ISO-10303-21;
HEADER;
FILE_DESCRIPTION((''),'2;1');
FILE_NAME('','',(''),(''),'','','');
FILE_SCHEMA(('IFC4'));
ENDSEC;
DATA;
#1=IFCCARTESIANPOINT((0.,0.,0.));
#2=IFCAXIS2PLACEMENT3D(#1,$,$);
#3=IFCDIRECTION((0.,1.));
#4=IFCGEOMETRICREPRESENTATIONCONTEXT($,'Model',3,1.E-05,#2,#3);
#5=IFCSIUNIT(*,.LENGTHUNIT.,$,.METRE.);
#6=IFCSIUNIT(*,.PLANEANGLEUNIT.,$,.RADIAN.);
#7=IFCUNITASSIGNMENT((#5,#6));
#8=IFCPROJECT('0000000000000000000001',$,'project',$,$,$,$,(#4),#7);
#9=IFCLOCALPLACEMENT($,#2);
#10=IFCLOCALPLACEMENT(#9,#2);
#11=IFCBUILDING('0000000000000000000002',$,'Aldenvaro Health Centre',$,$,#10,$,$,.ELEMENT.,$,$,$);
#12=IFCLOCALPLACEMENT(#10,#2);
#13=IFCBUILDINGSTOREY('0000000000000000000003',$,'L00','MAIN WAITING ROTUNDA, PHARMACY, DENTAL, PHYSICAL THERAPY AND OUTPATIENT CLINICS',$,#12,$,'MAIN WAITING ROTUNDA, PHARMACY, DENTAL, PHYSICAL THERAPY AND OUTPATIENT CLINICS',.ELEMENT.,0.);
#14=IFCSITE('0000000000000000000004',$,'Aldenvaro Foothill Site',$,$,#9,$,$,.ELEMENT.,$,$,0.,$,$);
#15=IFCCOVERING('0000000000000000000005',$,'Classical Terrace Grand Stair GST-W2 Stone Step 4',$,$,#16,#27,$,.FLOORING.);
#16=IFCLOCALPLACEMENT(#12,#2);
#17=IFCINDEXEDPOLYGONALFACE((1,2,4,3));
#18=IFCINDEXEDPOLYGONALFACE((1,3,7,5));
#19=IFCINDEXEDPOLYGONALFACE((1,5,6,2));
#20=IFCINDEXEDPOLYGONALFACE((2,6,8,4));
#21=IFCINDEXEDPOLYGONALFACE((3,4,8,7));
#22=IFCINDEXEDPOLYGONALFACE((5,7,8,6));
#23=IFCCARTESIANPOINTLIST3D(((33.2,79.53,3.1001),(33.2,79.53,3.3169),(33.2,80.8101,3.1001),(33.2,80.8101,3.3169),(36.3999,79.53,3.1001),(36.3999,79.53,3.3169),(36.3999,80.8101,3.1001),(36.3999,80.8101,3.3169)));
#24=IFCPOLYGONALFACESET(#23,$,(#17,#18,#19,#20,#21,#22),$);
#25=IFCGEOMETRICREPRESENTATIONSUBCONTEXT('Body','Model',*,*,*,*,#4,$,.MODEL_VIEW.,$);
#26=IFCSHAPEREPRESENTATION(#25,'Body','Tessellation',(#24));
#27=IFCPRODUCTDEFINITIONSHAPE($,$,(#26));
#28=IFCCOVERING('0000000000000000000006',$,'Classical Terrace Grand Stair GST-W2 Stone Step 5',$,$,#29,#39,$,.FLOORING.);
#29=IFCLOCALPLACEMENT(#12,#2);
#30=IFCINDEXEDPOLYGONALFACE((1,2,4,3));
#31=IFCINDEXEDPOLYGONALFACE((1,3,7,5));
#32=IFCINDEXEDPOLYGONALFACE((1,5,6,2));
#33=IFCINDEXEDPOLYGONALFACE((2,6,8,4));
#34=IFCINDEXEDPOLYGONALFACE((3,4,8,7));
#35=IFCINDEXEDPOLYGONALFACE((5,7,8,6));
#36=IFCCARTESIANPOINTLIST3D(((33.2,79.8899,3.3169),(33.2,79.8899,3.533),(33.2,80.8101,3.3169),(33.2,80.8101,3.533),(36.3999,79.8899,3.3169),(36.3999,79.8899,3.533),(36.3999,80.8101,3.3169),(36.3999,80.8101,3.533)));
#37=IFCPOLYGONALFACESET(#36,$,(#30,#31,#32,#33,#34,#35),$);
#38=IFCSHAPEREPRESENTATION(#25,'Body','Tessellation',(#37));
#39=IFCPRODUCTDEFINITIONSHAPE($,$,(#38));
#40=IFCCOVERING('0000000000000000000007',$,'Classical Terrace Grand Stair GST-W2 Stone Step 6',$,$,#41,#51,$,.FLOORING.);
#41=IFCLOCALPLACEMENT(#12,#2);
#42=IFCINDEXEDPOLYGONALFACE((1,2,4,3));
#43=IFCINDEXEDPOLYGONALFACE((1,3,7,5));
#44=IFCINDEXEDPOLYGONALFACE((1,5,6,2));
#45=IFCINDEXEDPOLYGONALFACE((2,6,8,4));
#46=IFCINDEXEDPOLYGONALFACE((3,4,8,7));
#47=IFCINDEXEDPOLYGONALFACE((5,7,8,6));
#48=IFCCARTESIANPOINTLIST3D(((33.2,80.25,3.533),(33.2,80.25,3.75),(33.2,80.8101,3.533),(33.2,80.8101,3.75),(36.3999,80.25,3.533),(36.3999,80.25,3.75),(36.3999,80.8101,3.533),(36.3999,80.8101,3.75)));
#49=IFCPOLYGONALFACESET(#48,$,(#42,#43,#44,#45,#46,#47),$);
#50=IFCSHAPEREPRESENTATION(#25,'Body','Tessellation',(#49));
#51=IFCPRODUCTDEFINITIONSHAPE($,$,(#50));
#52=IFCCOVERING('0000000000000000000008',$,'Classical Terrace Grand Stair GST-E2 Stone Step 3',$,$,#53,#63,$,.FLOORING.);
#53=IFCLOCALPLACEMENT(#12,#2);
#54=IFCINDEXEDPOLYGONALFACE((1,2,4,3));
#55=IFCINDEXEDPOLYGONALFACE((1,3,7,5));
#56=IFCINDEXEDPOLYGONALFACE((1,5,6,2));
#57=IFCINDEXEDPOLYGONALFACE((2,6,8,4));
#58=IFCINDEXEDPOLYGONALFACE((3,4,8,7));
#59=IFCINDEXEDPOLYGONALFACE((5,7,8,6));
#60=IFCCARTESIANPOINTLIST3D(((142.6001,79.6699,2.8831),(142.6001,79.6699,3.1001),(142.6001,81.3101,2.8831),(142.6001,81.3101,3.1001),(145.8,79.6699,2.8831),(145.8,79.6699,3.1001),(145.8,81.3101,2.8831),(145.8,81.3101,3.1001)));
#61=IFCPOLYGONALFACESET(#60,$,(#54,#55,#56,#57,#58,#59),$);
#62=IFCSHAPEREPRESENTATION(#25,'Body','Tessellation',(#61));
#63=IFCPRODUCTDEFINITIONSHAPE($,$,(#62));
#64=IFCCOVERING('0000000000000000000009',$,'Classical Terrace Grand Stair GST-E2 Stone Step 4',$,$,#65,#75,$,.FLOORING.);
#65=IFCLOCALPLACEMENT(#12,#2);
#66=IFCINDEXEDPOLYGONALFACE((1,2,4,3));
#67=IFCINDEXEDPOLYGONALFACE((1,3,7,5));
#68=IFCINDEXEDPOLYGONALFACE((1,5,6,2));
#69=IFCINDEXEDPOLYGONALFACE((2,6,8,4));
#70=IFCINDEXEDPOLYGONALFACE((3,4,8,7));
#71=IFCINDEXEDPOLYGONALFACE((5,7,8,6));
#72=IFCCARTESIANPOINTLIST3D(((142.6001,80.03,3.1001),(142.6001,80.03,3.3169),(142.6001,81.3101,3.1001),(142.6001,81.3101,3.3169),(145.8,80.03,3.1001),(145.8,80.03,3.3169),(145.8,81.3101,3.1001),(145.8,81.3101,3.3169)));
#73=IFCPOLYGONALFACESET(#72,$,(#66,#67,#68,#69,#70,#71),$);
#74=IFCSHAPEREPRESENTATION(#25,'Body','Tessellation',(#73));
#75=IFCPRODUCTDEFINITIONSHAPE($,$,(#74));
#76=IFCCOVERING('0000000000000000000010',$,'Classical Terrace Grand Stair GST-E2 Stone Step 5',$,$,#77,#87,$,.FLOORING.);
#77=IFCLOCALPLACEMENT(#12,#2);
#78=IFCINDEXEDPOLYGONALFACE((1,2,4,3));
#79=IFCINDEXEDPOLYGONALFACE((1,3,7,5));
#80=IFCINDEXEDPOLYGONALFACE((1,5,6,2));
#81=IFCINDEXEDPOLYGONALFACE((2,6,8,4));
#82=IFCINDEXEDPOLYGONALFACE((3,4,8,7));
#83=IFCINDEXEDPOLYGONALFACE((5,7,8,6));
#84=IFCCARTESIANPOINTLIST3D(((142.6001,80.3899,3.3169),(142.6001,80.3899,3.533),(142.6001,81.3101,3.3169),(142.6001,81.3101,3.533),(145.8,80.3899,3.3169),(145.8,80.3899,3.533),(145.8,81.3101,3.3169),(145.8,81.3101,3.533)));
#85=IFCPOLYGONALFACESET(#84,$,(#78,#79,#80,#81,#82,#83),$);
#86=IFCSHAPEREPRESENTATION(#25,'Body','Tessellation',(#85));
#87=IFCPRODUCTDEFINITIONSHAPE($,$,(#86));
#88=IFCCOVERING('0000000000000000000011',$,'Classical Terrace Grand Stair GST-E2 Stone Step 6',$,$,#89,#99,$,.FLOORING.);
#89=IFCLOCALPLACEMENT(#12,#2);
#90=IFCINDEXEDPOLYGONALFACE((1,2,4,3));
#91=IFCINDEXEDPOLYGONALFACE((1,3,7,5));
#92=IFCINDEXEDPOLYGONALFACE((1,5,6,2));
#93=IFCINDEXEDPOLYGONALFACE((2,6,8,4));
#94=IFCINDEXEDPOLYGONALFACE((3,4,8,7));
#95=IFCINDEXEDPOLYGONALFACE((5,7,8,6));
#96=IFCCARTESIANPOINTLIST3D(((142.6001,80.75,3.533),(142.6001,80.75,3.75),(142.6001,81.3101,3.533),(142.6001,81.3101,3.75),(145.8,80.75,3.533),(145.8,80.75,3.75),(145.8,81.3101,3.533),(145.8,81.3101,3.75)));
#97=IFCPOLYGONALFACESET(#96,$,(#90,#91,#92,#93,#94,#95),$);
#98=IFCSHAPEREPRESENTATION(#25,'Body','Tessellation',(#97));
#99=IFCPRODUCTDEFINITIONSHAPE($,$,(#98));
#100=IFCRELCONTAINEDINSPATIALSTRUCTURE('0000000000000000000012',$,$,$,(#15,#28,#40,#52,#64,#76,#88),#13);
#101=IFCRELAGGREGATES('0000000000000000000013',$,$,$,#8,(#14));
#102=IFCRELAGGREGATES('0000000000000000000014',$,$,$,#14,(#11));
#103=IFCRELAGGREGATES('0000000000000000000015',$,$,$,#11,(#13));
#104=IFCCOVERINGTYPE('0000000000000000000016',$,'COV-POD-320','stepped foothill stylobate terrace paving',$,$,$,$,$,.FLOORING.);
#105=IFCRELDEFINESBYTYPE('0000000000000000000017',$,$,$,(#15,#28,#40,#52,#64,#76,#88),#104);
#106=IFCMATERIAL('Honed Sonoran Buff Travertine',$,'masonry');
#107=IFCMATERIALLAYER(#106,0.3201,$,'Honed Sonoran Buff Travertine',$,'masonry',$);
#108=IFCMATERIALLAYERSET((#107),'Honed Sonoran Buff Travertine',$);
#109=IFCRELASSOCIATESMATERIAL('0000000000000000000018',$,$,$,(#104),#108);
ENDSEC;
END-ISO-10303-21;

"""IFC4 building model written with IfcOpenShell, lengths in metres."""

from ifc_helpers import new_model, si_unit, direction, frame, origin, place, context, subcontext, project, spatial, polyline, outline, extrude, material, layer, layer_set, type_object, element, save


model = new_model("IFC4")

# Units and contexts
model_context = context("Model", 3, precision=1e-05, world=origin(), true_north=direction((0.0, 1.0)))
body_context = subcontext(model_context, "Body", "Model", "MODEL_VIEW")
ifc_project = project(units=[si_unit("LENGTHUNIT", "METRE"), si_unit("PLANEANGLEUNIT", "RADIAN")], contexts=[model_context])

# Site, building, storey
site_placement = place(None, origin())
site = spatial("IfcSite", under=ifc_project, at=site_placement, Name="Aldenvaro Foothill Site", CompositionType="ELEMENT", RefElevation=0.0)
building_placement = place(site_placement, origin())
building = spatial("IfcBuilding", under=site, at=building_placement, Name="Aldenvaro Health Centre", CompositionType="ELEMENT")
storey_placement = place(building_placement, origin())
storey = spatial("IfcBuildingStorey", under=building, at=storey_placement, Name="L00", Description="MAIN WAITING ROTUNDA, PHARMACY, DENTAL, PHYSICAL THERAPY AND OUTPATIENT CLINICS", LongName="MAIN WAITING ROTUNDA, PHARMACY, DENTAL, PHYSICAL THERAPY AND OUTPATIENT CLINICS", CompositionType="ELEMENT", Elevation=0.0)

# Coverings
ifc_material_1 = material(Name="Honed Sonoran Buff Travertine", Category="masonry")
ifc_layer_1 = layer(ifc_material_1, 0.3201, Name="Honed Sonoran Buff Travertine", Category="masonry")
ifc_layer_set_1 = layer_set([ifc_layer_1], Name="Honed Sonoran Buff Travertine")
covering_type_1 = type_object("IfcCoveringType", Name="COV-POD-320", Description="stepped foothill stylobate terrace paving", PredefinedType="FLOORING", material=ifc_layer_set_1)
covering_1_placement = place(storey_placement, frame((0.0, 0.0, 3.1001)))
element("IfcCovering", 1, at=covering_1_placement, inside=storey, type_object=covering_type_1, Name="Classical Terrace Grand Stair GST-W2 Stone Step 4", PredefinedType="FLOORING", context=body_context, shape_type="SweptSolid", body=[
    extrude(outline(polyline([(33.2, 79.53), (36.3999, 79.53), (36.3999, 80.8101), (33.2, 80.8101), (33.2, 79.53)])), origin(), (0.0, 0.0, 1.0), 0.2168),
])
covering_2_placement = place(storey_placement, frame((0.0, 0.0, 3.3169)))
element("IfcCovering", 2, at=covering_2_placement, inside=storey, type_object=covering_type_1, Name="Classical Terrace Grand Stair GST-W2 Stone Step 5", PredefinedType="FLOORING", context=body_context, shape_type="SweptSolid", body=[
    extrude(outline(polyline([(33.2, 79.8899), (36.3999, 79.8899), (36.3999, 80.8101), (33.2, 80.8101), (33.2, 79.8899)])), origin(), (0.0, 0.0, 1.0), 0.2161),
])
covering_3_placement = place(storey_placement, frame((0.0, 0.0, 3.533)))
element("IfcCovering", 3, at=covering_3_placement, inside=storey, type_object=covering_type_1, Name="Classical Terrace Grand Stair GST-W2 Stone Step 6", PredefinedType="FLOORING", context=body_context, shape_type="SweptSolid", body=[
    extrude(outline(polyline([(33.2, 80.25), (36.3999, 80.25), (36.3999, 80.8101), (33.2, 80.8101), (33.2, 80.25)])), origin(), (0.0, 0.0, 1.0), 0.217),
])
covering_4_placement = place(storey_placement, frame((0.0, 0.0, 2.8831)))
element("IfcCovering", 4, at=covering_4_placement, inside=storey, type_object=covering_type_1, Name="Classical Terrace Grand Stair GST-E2 Stone Step 3", PredefinedType="FLOORING", context=body_context, shape_type="SweptSolid", body=[
    extrude(outline(polyline([(142.6001, 79.6699), (145.8, 79.6699), (145.8, 81.3101), (142.6001, 81.3101), (142.6001, 79.6699)])), origin(), (0.0, 0.0, 1.0), 0.217),
])
covering_5_placement = place(storey_placement, frame((0.0, 0.0, 3.1001)))
element("IfcCovering", 5, at=covering_5_placement, inside=storey, type_object=covering_type_1, Name="Classical Terrace Grand Stair GST-E2 Stone Step 4", PredefinedType="FLOORING", context=body_context, shape_type="SweptSolid", body=[
    extrude(outline(polyline([(142.6001, 80.03), (145.8, 80.03), (145.8, 81.3101), (142.6001, 81.3101), (142.6001, 80.03)])), origin(), (0.0, 0.0, 1.0), 0.2168),
])
covering_6_placement = place(storey_placement, frame((0.0, 0.0, 3.3169)))
element("IfcCovering", 6, at=covering_6_placement, inside=storey, type_object=covering_type_1, Name="Classical Terrace Grand Stair GST-E2 Stone Step 5", PredefinedType="FLOORING", context=body_context, shape_type="SweptSolid", body=[
    extrude(outline(polyline([(142.6001, 80.3899), (145.8, 80.3899), (145.8, 81.3101), (142.6001, 81.3101), (142.6001, 80.3899)])), origin(), (0.0, 0.0, 1.0), 0.2161),
])
covering_7_placement = place(storey_placement, frame((0.0, 0.0, 3.533)))
element("IfcCovering", 7, at=covering_7_placement, inside=storey, type_object=covering_type_1, Name="Classical Terrace Grand Stair GST-E2 Stone Step 6", PredefinedType="FLOORING", context=body_context, shape_type="SweptSolid", body=[
    extrude(outline(polyline([(142.6001, 80.75), (145.8, 80.75), (145.8, 81.3101), (142.6001, 81.3101), (142.6001, 80.75)])), origin(), (0.0, 0.0, 1.0), 0.217),
])

save(model, "model.ifc")
